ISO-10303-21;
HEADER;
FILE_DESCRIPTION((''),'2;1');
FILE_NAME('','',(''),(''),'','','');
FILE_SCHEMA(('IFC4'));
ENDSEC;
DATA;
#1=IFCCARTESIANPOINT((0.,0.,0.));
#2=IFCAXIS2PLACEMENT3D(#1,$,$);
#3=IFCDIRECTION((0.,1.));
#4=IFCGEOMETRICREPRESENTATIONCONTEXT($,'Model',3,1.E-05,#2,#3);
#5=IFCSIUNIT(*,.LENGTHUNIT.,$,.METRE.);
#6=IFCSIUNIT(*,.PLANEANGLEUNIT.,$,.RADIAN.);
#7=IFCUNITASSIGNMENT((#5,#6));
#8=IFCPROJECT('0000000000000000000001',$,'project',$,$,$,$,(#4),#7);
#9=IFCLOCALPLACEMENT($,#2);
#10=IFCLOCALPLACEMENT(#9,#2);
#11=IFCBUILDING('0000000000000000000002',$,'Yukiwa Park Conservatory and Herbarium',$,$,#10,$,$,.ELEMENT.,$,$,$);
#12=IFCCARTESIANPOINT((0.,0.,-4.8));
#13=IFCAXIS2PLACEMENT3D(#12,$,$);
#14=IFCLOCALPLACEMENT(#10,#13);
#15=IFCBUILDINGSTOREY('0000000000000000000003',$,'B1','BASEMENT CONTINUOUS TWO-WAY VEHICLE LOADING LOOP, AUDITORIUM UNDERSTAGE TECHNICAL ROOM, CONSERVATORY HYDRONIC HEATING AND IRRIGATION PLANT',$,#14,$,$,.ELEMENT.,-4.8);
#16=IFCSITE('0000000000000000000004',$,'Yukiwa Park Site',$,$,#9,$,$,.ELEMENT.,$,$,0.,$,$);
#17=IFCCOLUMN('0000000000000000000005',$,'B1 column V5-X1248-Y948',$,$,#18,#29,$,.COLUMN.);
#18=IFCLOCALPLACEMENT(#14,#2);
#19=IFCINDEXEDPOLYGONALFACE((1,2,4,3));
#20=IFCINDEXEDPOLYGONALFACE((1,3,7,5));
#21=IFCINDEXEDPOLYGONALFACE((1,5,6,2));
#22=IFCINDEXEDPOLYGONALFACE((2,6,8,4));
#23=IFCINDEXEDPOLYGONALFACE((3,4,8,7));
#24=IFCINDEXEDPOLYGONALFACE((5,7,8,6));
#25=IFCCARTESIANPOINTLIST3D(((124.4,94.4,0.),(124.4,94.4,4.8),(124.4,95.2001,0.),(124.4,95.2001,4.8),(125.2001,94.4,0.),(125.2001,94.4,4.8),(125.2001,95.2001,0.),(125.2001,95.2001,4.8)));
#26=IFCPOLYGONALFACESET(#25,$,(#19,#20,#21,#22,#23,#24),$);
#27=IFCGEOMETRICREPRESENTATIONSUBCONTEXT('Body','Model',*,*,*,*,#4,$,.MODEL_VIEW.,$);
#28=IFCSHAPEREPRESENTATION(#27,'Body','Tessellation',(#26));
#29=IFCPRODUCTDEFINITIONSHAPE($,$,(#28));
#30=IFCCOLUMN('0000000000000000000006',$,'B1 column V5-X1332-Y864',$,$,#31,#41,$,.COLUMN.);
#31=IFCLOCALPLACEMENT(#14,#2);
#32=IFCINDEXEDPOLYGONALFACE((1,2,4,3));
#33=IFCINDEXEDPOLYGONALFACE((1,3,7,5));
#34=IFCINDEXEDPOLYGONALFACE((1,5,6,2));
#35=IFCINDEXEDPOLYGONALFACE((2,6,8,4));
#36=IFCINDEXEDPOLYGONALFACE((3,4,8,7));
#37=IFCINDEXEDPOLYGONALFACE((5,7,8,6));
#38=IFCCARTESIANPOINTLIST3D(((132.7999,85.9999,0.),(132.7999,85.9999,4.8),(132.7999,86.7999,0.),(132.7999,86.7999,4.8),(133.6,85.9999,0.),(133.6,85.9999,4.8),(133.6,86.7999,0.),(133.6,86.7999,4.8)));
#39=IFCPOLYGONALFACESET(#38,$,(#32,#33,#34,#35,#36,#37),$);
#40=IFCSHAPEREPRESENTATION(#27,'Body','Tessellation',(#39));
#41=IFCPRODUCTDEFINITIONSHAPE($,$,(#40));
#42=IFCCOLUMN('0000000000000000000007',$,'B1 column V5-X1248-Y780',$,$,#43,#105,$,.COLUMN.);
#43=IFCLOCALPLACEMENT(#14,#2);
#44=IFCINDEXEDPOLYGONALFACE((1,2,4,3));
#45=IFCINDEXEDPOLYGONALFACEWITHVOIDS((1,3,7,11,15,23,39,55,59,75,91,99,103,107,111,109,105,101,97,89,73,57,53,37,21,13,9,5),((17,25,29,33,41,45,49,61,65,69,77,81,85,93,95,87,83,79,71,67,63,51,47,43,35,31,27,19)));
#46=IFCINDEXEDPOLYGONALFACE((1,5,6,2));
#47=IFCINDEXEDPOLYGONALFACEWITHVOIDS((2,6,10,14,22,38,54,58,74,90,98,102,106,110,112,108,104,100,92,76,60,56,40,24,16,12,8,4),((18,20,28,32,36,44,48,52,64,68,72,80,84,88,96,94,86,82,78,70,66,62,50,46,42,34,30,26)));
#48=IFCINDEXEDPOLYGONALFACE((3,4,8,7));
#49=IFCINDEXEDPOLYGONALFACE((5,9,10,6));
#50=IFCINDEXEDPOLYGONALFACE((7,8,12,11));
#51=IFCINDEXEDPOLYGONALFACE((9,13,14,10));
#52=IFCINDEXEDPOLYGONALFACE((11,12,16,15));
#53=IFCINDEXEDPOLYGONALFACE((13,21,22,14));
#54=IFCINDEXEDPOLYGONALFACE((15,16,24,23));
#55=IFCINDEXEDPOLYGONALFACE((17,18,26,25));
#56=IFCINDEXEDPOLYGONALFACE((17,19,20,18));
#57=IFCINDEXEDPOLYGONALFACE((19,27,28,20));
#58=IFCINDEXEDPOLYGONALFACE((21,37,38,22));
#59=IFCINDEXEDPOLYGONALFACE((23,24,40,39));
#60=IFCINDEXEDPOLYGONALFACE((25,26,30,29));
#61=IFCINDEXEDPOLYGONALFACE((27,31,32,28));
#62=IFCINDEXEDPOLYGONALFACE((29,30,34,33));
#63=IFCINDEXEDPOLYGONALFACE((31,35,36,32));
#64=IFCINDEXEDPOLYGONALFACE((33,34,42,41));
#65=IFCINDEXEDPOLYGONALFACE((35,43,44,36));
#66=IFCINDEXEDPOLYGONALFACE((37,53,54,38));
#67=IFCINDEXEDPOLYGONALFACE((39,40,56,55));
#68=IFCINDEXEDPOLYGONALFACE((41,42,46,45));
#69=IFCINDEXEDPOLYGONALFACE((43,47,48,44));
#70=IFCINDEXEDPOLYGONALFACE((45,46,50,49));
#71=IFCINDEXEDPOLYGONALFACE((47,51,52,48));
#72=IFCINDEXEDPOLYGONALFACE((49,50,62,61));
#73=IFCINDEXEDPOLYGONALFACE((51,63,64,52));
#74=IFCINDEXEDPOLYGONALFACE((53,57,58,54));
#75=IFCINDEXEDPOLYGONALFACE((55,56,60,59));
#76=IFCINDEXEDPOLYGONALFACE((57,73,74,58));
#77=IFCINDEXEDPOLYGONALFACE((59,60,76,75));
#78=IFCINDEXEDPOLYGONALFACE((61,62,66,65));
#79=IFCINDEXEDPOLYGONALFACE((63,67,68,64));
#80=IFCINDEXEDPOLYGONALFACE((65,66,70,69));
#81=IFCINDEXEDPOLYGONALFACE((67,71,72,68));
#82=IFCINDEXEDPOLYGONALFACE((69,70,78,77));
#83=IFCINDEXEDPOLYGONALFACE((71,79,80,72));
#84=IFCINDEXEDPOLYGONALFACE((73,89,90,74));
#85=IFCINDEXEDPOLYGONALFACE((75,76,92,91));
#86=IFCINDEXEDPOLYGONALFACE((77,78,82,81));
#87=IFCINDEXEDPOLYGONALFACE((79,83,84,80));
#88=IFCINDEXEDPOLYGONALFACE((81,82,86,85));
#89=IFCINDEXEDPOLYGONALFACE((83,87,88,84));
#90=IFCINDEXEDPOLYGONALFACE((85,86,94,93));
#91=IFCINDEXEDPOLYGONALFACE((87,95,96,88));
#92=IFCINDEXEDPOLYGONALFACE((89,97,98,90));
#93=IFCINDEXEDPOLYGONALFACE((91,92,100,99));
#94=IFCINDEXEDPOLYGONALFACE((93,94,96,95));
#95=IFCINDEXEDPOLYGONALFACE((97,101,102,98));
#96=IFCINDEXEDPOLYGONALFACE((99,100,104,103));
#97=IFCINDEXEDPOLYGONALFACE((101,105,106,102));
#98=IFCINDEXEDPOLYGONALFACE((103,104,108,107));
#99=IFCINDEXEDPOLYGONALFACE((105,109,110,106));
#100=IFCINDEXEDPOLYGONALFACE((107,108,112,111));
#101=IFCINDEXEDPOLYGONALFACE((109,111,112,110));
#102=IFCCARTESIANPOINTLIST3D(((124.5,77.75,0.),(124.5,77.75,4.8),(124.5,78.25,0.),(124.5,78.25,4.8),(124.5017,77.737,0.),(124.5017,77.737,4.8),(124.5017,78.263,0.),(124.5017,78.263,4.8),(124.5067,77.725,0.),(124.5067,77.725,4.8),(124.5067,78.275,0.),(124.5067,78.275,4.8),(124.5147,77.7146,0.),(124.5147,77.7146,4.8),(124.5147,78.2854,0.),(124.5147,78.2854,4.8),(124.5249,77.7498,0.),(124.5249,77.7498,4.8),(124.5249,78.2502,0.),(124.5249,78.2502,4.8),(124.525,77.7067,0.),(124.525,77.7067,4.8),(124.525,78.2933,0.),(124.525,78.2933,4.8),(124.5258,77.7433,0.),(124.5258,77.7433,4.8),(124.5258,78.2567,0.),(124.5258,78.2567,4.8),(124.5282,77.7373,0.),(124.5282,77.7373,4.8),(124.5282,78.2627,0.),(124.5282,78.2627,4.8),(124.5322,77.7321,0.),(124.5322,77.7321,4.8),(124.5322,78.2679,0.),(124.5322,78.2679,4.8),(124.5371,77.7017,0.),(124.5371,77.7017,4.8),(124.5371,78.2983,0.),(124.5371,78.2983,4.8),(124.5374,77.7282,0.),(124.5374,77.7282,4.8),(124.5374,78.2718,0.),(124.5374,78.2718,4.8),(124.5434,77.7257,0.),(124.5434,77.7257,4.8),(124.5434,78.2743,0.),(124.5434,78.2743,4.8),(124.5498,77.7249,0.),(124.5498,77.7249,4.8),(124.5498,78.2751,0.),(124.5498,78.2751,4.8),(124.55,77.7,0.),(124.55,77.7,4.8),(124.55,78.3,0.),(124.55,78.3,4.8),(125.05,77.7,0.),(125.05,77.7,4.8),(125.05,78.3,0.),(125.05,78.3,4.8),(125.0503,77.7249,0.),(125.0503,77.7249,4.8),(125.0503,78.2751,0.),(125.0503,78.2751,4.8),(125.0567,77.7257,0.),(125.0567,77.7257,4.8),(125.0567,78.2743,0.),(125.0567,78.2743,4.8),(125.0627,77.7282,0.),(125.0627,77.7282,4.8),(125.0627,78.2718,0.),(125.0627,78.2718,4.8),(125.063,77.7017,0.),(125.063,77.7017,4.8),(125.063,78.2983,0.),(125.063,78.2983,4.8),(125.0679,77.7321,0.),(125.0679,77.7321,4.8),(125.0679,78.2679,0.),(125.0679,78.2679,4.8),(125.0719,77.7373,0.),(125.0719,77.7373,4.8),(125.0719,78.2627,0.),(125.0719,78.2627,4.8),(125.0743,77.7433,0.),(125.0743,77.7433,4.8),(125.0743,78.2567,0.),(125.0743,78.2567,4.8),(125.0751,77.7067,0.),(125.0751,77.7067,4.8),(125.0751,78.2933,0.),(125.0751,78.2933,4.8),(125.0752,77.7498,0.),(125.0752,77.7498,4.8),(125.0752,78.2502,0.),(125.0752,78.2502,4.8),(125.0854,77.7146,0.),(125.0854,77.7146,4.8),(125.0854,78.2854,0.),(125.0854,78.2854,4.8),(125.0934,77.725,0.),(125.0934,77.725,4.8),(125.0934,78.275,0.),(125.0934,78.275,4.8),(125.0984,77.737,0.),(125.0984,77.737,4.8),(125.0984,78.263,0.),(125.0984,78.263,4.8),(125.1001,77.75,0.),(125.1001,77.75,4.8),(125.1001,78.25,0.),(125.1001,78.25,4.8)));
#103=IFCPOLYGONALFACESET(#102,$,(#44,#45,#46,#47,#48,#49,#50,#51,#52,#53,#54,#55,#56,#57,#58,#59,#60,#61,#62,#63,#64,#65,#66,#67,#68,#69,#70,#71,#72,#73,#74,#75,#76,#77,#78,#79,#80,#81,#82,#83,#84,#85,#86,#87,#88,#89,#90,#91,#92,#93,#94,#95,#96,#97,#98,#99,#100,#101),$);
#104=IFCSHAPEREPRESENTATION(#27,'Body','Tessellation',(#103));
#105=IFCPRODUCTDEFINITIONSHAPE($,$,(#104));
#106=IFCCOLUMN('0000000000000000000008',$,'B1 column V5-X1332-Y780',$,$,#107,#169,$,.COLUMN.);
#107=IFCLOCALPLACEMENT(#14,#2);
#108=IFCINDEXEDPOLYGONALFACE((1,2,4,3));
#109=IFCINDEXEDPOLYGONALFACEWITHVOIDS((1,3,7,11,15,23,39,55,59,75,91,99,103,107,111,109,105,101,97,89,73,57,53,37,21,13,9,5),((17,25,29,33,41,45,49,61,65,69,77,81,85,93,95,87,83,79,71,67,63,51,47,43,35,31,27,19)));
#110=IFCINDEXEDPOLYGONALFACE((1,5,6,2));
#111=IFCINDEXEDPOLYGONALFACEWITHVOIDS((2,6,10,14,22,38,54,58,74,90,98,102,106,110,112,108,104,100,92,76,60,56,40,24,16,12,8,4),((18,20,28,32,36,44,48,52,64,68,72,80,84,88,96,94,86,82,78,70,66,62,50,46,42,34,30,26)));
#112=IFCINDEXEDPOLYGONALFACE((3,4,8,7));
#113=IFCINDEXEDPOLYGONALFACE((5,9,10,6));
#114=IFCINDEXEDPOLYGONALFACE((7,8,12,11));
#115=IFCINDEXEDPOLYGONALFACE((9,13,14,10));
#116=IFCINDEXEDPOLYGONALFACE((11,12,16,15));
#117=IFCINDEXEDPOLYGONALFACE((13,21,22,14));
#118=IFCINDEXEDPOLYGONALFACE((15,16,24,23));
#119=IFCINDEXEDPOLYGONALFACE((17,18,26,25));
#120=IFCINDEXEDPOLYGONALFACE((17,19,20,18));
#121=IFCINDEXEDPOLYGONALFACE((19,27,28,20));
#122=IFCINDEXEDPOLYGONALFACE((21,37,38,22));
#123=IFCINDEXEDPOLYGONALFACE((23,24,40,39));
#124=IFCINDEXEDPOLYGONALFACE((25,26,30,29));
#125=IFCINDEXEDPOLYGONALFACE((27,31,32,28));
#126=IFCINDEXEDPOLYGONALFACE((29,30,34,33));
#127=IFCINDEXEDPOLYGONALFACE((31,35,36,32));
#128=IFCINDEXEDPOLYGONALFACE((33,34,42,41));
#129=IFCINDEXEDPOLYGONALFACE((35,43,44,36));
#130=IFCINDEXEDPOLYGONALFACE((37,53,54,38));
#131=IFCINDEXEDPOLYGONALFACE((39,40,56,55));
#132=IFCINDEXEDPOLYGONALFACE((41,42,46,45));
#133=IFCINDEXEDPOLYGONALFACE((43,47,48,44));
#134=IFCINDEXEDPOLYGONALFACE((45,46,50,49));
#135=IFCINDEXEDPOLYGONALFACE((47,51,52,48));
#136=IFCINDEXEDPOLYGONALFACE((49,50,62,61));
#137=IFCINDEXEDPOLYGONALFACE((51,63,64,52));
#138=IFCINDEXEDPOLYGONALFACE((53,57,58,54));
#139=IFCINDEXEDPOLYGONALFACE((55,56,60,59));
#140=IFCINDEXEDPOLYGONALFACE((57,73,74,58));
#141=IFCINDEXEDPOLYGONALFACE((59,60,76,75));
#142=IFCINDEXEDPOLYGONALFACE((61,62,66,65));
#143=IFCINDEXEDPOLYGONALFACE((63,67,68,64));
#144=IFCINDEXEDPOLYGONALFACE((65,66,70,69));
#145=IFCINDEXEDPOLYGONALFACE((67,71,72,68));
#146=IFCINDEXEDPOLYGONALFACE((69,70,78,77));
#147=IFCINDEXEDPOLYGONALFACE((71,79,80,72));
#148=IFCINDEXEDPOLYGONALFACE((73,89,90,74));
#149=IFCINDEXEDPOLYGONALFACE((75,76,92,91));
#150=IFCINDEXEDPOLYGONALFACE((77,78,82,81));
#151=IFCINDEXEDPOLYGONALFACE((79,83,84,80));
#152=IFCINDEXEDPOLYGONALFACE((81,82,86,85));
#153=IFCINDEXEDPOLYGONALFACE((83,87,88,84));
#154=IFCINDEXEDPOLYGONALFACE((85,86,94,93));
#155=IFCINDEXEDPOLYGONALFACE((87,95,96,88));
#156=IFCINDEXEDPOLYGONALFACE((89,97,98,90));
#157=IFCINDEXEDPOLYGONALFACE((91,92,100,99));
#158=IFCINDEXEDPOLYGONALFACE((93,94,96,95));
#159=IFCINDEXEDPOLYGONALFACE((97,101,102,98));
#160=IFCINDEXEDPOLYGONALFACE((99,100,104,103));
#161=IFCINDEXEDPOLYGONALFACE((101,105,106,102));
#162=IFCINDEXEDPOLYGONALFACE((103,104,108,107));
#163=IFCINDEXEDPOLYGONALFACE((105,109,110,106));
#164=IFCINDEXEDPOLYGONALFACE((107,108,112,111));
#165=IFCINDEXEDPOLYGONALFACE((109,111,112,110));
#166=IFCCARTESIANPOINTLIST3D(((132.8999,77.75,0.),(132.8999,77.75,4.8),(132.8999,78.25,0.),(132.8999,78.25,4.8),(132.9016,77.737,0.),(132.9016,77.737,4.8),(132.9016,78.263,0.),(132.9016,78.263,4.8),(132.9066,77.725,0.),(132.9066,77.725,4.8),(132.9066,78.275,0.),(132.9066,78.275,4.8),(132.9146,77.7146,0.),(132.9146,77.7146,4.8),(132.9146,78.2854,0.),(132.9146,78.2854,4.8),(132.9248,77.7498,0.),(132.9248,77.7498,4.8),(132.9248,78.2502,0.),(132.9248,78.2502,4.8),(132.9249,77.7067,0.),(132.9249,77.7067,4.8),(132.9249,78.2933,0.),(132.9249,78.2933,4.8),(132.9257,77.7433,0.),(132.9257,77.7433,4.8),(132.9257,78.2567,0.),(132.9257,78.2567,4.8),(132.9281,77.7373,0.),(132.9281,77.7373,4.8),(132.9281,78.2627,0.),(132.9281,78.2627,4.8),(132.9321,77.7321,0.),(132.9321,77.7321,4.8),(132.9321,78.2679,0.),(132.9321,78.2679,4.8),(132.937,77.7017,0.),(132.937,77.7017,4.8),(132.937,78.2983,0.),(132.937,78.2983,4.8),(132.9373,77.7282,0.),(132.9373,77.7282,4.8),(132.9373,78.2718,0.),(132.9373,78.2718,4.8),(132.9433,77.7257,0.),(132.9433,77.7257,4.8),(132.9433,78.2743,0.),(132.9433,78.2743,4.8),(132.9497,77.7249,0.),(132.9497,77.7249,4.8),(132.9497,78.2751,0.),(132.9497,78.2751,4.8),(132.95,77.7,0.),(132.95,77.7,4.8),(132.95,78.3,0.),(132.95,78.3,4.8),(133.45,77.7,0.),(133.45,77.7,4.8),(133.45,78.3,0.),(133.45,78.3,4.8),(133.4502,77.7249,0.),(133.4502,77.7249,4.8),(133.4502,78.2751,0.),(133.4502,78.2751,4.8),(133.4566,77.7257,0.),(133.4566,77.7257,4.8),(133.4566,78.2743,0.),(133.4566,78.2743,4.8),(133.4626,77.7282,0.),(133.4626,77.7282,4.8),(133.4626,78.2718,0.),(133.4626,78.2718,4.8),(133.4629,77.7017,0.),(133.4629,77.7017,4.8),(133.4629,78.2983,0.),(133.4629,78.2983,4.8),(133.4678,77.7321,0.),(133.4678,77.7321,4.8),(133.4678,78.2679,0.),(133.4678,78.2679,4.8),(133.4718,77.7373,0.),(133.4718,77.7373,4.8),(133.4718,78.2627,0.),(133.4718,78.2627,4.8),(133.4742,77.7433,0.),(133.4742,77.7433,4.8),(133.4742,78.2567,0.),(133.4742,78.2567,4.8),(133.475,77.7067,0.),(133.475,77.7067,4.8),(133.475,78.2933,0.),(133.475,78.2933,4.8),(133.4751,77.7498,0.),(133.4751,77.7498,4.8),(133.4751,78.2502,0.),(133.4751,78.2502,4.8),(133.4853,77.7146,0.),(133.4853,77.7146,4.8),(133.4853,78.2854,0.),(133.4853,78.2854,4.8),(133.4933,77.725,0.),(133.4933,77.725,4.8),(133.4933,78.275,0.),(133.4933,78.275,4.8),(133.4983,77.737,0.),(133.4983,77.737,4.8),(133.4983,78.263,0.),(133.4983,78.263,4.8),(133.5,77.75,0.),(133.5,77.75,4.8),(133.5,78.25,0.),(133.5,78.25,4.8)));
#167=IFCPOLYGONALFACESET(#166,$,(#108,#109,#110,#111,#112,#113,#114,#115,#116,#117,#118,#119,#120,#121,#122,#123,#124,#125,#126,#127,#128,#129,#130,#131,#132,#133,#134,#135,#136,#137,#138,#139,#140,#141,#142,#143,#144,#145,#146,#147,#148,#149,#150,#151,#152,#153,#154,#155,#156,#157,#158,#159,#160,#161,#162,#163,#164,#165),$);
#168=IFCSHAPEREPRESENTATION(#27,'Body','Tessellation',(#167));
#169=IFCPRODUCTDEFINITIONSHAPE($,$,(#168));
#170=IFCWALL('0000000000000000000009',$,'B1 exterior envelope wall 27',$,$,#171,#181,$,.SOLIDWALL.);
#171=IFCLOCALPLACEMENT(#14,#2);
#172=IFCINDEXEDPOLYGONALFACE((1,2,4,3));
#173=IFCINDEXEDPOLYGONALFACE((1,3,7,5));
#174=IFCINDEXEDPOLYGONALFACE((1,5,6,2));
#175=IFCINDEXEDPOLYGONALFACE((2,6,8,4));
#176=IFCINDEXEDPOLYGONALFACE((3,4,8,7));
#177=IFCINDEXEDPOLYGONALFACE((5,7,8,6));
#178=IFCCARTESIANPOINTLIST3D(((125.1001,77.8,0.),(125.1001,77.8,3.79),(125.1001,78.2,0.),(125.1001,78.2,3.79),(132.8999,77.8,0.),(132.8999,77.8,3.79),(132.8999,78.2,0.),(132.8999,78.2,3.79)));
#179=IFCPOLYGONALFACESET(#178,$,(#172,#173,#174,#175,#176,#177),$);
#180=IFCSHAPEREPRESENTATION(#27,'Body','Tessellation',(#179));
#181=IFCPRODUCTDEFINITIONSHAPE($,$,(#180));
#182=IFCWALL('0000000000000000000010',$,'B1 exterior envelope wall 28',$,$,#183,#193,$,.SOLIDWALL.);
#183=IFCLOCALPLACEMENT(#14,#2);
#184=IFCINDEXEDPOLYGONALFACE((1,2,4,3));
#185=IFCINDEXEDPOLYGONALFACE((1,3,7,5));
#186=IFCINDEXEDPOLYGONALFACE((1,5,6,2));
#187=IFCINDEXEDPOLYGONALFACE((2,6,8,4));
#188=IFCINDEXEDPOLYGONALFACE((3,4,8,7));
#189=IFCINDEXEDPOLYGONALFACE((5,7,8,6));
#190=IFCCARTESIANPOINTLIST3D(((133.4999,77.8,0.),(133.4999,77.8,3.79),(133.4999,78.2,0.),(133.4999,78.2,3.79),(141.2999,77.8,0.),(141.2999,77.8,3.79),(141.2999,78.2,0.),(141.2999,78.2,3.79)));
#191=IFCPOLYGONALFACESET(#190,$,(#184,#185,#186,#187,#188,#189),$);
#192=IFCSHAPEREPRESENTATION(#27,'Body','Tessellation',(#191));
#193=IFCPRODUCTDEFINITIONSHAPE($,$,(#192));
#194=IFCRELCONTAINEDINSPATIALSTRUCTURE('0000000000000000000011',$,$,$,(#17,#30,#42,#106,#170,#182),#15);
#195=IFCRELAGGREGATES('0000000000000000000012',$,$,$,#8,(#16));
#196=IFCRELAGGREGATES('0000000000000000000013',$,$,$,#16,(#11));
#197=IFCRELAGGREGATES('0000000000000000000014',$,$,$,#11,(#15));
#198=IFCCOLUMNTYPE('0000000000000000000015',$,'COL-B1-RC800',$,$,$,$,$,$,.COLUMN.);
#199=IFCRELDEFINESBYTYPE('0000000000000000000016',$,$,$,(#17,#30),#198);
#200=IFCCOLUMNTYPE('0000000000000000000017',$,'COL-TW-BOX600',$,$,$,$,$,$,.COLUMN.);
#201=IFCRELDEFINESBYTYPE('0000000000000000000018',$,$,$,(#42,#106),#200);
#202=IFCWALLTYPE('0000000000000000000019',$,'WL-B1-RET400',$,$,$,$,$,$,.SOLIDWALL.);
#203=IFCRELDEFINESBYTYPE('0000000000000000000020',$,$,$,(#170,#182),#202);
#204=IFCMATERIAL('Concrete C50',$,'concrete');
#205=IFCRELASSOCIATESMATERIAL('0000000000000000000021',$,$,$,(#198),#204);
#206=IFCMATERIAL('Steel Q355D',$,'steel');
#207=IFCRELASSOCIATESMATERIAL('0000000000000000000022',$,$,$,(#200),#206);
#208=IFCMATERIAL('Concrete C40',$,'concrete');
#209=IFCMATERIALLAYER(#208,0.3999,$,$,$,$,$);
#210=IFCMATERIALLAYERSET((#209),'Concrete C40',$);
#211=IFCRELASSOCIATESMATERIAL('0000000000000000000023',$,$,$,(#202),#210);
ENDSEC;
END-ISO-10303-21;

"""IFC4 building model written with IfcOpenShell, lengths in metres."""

from ifc_helpers import new_model, si_unit, direction, frame, frame_2d, origin, origin_2d, place, context, subcontext, project, spatial, rectangle, hollow_rectangle, extrude, material, layer, layer_set, material_profile, profile_set, type_object, element, save


model = new_model("IFC4")

# Units and contexts
model_context = context("Model", 3, precision=1e-05, world=origin(), true_north=direction((0.0, 1.0)))
body_context = subcontext(model_context, "Body", "Model", "MODEL_VIEW")
ifc_project = project(units=[si_unit("LENGTHUNIT", "METRE"), si_unit("PLANEANGLEUNIT", "RADIAN")], contexts=[model_context])

# Site, building, storey
site_placement = place(None, origin())
site = spatial("IfcSite", under=ifc_project, at=site_placement, Name="Yukiwa Park Site", CompositionType="ELEMENT", RefElevation=0.0)
building_placement = place(site_placement, origin())
building = spatial("IfcBuilding", under=site, at=building_placement, Name="Yukiwa Park Conservatory and Herbarium", CompositionType="ELEMENT")
storey_placement = place(building_placement, frame((0.0, 0.0, -4.8)))
storey = spatial("IfcBuildingStorey", under=building, at=storey_placement, Name="B1", Description="BASEMENT CONTINUOUS TWO-WAY VEHICLE LOADING LOOP, AUDITORIUM UNDERSTAGE TECHNICAL ROOM, CONSERVATORY HYDRONIC HEATING AND IRRIGATION PLANT", CompositionType="ELEMENT", Elevation=-4.8)

# Columns
ifc_material_1 = material(Name="Concrete C50", Category="concrete")
ifc_material_profile_1 = material_profile(ifc_material_1, rectangle(XDim=0.8, YDim=0.8, at=origin_2d()), Name="RC 800x800")
ifc_profile_set_1 = profile_set([ifc_material_profile_1], Name="Concrete C50")
column_type_1 = type_object("IfcColumnType", Name="COL-B1-RC800", PredefinedType="COLUMN", material=ifc_profile_set_1)
for number, where, z_axis, x_axis, name in (
    (1, (124.8, 94.8, 0.0), (0.0, 0.0, 1.0), (1.0, 0.0, 0.0), "B1 column V5-X1248-Y948"),
    (2, (133.2, 86.3999, 0.0), (0.0, 0.0, 1.0), (1.0, 0.0, 0.0), "B1 column V5-X1332-Y864"),
):
    element("IfcColumn", number, at=place(storey_placement, frame(where, z_axis=z_axis, x_axis=x_axis)), inside=storey, type_object=column_type_1, Name=name, PredefinedType="COLUMN", context=body_context, shape_type="SweptSolid", body=[
        extrude(rectangle(XDim=0.8, YDim=0.8, at=origin_2d()), origin(), (0.0, 0.0, 1.0), 4.8),
    ])
ifc_material_2 = material(Name="Steel Q355D", Category="steel")
ifc_material_profile_2 = material_profile(ifc_material_2, hollow_rectangle(XDim=0.6001, YDim=0.6001, WallThickness=0.0249, InnerFilletRadius=0.0249, OuterFilletRadius=0.05, at=origin_2d()), Name="BOX 600x600x25")
ifc_profile_set_2 = profile_set([ifc_material_profile_2], Name="Steel Q355D")
column_type_2 = type_object("IfcColumnType", Name="COL-TW-BOX600", PredefinedType="COLUMN", material=ifc_profile_set_2)
for number, where, z_axis, x_axis, name in (
    (3, (124.8, 78.0, 0.0), (0.0, 0.0, 1.0), (1.0, 0.0, 0.0), "B1 column V5-X1248-Y780"),
    (4, (133.2, 78.0, 0.0), (0.0, 0.0, 1.0), (1.0, 0.0, 0.0), "B1 column V5-X1332-Y780"),
):
    element("IfcColumn", number, at=place(storey_placement, frame(where, z_axis=z_axis, x_axis=x_axis)), inside=storey, type_object=column_type_2, Name=name, PredefinedType="COLUMN", context=body_context, shape_type="SweptSolid", body=[
        extrude(hollow_rectangle(XDim=0.6001, YDim=0.6001, WallThickness=0.0249, InnerFilletRadius=0.0249, OuterFilletRadius=0.05, at=origin_2d()), origin(), (0.0, 0.0, 1.0), 4.8),
    ])

# Walls
ifc_material_3 = material(Name="Concrete C40", Category="concrete")
ifc_layer_1 = layer(ifc_material_3, 0.3999)
ifc_layer_set_1 = layer_set([ifc_layer_1], Name="Concrete C40")
wall_type_1 = type_object("IfcWallType", Name="WL-B1-RET400", PredefinedType="SOLIDWALL", material=ifc_layer_set_1)
wall_1_placement = place(storey_placement, frame((125.1001, 78.0, 0.0), z_axis=(0.0, 0.0, 1.0), x_axis=(1.0, 0.0, 0.0)))
element("IfcWall", 5, at=wall_1_placement, inside=storey, type_object=wall_type_1, Name="B1 exterior envelope wall 27", PredefinedType="SOLIDWALL", context=body_context, shape_type="SweptSolid", body=[
    extrude(rectangle(XDim=7.7998, YDim=0.3999, at=frame_2d((3.8999, 0.0))), origin(), (0.0, 0.0, 1.0), 3.79),
])
wall_2_placement = place(storey_placement, frame((133.5, 78.0, 0.0), z_axis=(0.0, 0.0, 1.0), x_axis=(1.0, 0.0, 0.0)))
element("IfcWall", 6, at=wall_2_placement, inside=storey, type_object=wall_type_1, Name="B1 exterior envelope wall 28", PredefinedType="SOLIDWALL", context=body_context, shape_type="SweptSolid", body=[
    extrude(rectangle(XDim=7.8, YDim=0.3999, at=frame_2d((3.8999, 0.0))), origin(), (0.0, 0.0, 1.0), 3.79),
])

save(model, "model.ifc")
